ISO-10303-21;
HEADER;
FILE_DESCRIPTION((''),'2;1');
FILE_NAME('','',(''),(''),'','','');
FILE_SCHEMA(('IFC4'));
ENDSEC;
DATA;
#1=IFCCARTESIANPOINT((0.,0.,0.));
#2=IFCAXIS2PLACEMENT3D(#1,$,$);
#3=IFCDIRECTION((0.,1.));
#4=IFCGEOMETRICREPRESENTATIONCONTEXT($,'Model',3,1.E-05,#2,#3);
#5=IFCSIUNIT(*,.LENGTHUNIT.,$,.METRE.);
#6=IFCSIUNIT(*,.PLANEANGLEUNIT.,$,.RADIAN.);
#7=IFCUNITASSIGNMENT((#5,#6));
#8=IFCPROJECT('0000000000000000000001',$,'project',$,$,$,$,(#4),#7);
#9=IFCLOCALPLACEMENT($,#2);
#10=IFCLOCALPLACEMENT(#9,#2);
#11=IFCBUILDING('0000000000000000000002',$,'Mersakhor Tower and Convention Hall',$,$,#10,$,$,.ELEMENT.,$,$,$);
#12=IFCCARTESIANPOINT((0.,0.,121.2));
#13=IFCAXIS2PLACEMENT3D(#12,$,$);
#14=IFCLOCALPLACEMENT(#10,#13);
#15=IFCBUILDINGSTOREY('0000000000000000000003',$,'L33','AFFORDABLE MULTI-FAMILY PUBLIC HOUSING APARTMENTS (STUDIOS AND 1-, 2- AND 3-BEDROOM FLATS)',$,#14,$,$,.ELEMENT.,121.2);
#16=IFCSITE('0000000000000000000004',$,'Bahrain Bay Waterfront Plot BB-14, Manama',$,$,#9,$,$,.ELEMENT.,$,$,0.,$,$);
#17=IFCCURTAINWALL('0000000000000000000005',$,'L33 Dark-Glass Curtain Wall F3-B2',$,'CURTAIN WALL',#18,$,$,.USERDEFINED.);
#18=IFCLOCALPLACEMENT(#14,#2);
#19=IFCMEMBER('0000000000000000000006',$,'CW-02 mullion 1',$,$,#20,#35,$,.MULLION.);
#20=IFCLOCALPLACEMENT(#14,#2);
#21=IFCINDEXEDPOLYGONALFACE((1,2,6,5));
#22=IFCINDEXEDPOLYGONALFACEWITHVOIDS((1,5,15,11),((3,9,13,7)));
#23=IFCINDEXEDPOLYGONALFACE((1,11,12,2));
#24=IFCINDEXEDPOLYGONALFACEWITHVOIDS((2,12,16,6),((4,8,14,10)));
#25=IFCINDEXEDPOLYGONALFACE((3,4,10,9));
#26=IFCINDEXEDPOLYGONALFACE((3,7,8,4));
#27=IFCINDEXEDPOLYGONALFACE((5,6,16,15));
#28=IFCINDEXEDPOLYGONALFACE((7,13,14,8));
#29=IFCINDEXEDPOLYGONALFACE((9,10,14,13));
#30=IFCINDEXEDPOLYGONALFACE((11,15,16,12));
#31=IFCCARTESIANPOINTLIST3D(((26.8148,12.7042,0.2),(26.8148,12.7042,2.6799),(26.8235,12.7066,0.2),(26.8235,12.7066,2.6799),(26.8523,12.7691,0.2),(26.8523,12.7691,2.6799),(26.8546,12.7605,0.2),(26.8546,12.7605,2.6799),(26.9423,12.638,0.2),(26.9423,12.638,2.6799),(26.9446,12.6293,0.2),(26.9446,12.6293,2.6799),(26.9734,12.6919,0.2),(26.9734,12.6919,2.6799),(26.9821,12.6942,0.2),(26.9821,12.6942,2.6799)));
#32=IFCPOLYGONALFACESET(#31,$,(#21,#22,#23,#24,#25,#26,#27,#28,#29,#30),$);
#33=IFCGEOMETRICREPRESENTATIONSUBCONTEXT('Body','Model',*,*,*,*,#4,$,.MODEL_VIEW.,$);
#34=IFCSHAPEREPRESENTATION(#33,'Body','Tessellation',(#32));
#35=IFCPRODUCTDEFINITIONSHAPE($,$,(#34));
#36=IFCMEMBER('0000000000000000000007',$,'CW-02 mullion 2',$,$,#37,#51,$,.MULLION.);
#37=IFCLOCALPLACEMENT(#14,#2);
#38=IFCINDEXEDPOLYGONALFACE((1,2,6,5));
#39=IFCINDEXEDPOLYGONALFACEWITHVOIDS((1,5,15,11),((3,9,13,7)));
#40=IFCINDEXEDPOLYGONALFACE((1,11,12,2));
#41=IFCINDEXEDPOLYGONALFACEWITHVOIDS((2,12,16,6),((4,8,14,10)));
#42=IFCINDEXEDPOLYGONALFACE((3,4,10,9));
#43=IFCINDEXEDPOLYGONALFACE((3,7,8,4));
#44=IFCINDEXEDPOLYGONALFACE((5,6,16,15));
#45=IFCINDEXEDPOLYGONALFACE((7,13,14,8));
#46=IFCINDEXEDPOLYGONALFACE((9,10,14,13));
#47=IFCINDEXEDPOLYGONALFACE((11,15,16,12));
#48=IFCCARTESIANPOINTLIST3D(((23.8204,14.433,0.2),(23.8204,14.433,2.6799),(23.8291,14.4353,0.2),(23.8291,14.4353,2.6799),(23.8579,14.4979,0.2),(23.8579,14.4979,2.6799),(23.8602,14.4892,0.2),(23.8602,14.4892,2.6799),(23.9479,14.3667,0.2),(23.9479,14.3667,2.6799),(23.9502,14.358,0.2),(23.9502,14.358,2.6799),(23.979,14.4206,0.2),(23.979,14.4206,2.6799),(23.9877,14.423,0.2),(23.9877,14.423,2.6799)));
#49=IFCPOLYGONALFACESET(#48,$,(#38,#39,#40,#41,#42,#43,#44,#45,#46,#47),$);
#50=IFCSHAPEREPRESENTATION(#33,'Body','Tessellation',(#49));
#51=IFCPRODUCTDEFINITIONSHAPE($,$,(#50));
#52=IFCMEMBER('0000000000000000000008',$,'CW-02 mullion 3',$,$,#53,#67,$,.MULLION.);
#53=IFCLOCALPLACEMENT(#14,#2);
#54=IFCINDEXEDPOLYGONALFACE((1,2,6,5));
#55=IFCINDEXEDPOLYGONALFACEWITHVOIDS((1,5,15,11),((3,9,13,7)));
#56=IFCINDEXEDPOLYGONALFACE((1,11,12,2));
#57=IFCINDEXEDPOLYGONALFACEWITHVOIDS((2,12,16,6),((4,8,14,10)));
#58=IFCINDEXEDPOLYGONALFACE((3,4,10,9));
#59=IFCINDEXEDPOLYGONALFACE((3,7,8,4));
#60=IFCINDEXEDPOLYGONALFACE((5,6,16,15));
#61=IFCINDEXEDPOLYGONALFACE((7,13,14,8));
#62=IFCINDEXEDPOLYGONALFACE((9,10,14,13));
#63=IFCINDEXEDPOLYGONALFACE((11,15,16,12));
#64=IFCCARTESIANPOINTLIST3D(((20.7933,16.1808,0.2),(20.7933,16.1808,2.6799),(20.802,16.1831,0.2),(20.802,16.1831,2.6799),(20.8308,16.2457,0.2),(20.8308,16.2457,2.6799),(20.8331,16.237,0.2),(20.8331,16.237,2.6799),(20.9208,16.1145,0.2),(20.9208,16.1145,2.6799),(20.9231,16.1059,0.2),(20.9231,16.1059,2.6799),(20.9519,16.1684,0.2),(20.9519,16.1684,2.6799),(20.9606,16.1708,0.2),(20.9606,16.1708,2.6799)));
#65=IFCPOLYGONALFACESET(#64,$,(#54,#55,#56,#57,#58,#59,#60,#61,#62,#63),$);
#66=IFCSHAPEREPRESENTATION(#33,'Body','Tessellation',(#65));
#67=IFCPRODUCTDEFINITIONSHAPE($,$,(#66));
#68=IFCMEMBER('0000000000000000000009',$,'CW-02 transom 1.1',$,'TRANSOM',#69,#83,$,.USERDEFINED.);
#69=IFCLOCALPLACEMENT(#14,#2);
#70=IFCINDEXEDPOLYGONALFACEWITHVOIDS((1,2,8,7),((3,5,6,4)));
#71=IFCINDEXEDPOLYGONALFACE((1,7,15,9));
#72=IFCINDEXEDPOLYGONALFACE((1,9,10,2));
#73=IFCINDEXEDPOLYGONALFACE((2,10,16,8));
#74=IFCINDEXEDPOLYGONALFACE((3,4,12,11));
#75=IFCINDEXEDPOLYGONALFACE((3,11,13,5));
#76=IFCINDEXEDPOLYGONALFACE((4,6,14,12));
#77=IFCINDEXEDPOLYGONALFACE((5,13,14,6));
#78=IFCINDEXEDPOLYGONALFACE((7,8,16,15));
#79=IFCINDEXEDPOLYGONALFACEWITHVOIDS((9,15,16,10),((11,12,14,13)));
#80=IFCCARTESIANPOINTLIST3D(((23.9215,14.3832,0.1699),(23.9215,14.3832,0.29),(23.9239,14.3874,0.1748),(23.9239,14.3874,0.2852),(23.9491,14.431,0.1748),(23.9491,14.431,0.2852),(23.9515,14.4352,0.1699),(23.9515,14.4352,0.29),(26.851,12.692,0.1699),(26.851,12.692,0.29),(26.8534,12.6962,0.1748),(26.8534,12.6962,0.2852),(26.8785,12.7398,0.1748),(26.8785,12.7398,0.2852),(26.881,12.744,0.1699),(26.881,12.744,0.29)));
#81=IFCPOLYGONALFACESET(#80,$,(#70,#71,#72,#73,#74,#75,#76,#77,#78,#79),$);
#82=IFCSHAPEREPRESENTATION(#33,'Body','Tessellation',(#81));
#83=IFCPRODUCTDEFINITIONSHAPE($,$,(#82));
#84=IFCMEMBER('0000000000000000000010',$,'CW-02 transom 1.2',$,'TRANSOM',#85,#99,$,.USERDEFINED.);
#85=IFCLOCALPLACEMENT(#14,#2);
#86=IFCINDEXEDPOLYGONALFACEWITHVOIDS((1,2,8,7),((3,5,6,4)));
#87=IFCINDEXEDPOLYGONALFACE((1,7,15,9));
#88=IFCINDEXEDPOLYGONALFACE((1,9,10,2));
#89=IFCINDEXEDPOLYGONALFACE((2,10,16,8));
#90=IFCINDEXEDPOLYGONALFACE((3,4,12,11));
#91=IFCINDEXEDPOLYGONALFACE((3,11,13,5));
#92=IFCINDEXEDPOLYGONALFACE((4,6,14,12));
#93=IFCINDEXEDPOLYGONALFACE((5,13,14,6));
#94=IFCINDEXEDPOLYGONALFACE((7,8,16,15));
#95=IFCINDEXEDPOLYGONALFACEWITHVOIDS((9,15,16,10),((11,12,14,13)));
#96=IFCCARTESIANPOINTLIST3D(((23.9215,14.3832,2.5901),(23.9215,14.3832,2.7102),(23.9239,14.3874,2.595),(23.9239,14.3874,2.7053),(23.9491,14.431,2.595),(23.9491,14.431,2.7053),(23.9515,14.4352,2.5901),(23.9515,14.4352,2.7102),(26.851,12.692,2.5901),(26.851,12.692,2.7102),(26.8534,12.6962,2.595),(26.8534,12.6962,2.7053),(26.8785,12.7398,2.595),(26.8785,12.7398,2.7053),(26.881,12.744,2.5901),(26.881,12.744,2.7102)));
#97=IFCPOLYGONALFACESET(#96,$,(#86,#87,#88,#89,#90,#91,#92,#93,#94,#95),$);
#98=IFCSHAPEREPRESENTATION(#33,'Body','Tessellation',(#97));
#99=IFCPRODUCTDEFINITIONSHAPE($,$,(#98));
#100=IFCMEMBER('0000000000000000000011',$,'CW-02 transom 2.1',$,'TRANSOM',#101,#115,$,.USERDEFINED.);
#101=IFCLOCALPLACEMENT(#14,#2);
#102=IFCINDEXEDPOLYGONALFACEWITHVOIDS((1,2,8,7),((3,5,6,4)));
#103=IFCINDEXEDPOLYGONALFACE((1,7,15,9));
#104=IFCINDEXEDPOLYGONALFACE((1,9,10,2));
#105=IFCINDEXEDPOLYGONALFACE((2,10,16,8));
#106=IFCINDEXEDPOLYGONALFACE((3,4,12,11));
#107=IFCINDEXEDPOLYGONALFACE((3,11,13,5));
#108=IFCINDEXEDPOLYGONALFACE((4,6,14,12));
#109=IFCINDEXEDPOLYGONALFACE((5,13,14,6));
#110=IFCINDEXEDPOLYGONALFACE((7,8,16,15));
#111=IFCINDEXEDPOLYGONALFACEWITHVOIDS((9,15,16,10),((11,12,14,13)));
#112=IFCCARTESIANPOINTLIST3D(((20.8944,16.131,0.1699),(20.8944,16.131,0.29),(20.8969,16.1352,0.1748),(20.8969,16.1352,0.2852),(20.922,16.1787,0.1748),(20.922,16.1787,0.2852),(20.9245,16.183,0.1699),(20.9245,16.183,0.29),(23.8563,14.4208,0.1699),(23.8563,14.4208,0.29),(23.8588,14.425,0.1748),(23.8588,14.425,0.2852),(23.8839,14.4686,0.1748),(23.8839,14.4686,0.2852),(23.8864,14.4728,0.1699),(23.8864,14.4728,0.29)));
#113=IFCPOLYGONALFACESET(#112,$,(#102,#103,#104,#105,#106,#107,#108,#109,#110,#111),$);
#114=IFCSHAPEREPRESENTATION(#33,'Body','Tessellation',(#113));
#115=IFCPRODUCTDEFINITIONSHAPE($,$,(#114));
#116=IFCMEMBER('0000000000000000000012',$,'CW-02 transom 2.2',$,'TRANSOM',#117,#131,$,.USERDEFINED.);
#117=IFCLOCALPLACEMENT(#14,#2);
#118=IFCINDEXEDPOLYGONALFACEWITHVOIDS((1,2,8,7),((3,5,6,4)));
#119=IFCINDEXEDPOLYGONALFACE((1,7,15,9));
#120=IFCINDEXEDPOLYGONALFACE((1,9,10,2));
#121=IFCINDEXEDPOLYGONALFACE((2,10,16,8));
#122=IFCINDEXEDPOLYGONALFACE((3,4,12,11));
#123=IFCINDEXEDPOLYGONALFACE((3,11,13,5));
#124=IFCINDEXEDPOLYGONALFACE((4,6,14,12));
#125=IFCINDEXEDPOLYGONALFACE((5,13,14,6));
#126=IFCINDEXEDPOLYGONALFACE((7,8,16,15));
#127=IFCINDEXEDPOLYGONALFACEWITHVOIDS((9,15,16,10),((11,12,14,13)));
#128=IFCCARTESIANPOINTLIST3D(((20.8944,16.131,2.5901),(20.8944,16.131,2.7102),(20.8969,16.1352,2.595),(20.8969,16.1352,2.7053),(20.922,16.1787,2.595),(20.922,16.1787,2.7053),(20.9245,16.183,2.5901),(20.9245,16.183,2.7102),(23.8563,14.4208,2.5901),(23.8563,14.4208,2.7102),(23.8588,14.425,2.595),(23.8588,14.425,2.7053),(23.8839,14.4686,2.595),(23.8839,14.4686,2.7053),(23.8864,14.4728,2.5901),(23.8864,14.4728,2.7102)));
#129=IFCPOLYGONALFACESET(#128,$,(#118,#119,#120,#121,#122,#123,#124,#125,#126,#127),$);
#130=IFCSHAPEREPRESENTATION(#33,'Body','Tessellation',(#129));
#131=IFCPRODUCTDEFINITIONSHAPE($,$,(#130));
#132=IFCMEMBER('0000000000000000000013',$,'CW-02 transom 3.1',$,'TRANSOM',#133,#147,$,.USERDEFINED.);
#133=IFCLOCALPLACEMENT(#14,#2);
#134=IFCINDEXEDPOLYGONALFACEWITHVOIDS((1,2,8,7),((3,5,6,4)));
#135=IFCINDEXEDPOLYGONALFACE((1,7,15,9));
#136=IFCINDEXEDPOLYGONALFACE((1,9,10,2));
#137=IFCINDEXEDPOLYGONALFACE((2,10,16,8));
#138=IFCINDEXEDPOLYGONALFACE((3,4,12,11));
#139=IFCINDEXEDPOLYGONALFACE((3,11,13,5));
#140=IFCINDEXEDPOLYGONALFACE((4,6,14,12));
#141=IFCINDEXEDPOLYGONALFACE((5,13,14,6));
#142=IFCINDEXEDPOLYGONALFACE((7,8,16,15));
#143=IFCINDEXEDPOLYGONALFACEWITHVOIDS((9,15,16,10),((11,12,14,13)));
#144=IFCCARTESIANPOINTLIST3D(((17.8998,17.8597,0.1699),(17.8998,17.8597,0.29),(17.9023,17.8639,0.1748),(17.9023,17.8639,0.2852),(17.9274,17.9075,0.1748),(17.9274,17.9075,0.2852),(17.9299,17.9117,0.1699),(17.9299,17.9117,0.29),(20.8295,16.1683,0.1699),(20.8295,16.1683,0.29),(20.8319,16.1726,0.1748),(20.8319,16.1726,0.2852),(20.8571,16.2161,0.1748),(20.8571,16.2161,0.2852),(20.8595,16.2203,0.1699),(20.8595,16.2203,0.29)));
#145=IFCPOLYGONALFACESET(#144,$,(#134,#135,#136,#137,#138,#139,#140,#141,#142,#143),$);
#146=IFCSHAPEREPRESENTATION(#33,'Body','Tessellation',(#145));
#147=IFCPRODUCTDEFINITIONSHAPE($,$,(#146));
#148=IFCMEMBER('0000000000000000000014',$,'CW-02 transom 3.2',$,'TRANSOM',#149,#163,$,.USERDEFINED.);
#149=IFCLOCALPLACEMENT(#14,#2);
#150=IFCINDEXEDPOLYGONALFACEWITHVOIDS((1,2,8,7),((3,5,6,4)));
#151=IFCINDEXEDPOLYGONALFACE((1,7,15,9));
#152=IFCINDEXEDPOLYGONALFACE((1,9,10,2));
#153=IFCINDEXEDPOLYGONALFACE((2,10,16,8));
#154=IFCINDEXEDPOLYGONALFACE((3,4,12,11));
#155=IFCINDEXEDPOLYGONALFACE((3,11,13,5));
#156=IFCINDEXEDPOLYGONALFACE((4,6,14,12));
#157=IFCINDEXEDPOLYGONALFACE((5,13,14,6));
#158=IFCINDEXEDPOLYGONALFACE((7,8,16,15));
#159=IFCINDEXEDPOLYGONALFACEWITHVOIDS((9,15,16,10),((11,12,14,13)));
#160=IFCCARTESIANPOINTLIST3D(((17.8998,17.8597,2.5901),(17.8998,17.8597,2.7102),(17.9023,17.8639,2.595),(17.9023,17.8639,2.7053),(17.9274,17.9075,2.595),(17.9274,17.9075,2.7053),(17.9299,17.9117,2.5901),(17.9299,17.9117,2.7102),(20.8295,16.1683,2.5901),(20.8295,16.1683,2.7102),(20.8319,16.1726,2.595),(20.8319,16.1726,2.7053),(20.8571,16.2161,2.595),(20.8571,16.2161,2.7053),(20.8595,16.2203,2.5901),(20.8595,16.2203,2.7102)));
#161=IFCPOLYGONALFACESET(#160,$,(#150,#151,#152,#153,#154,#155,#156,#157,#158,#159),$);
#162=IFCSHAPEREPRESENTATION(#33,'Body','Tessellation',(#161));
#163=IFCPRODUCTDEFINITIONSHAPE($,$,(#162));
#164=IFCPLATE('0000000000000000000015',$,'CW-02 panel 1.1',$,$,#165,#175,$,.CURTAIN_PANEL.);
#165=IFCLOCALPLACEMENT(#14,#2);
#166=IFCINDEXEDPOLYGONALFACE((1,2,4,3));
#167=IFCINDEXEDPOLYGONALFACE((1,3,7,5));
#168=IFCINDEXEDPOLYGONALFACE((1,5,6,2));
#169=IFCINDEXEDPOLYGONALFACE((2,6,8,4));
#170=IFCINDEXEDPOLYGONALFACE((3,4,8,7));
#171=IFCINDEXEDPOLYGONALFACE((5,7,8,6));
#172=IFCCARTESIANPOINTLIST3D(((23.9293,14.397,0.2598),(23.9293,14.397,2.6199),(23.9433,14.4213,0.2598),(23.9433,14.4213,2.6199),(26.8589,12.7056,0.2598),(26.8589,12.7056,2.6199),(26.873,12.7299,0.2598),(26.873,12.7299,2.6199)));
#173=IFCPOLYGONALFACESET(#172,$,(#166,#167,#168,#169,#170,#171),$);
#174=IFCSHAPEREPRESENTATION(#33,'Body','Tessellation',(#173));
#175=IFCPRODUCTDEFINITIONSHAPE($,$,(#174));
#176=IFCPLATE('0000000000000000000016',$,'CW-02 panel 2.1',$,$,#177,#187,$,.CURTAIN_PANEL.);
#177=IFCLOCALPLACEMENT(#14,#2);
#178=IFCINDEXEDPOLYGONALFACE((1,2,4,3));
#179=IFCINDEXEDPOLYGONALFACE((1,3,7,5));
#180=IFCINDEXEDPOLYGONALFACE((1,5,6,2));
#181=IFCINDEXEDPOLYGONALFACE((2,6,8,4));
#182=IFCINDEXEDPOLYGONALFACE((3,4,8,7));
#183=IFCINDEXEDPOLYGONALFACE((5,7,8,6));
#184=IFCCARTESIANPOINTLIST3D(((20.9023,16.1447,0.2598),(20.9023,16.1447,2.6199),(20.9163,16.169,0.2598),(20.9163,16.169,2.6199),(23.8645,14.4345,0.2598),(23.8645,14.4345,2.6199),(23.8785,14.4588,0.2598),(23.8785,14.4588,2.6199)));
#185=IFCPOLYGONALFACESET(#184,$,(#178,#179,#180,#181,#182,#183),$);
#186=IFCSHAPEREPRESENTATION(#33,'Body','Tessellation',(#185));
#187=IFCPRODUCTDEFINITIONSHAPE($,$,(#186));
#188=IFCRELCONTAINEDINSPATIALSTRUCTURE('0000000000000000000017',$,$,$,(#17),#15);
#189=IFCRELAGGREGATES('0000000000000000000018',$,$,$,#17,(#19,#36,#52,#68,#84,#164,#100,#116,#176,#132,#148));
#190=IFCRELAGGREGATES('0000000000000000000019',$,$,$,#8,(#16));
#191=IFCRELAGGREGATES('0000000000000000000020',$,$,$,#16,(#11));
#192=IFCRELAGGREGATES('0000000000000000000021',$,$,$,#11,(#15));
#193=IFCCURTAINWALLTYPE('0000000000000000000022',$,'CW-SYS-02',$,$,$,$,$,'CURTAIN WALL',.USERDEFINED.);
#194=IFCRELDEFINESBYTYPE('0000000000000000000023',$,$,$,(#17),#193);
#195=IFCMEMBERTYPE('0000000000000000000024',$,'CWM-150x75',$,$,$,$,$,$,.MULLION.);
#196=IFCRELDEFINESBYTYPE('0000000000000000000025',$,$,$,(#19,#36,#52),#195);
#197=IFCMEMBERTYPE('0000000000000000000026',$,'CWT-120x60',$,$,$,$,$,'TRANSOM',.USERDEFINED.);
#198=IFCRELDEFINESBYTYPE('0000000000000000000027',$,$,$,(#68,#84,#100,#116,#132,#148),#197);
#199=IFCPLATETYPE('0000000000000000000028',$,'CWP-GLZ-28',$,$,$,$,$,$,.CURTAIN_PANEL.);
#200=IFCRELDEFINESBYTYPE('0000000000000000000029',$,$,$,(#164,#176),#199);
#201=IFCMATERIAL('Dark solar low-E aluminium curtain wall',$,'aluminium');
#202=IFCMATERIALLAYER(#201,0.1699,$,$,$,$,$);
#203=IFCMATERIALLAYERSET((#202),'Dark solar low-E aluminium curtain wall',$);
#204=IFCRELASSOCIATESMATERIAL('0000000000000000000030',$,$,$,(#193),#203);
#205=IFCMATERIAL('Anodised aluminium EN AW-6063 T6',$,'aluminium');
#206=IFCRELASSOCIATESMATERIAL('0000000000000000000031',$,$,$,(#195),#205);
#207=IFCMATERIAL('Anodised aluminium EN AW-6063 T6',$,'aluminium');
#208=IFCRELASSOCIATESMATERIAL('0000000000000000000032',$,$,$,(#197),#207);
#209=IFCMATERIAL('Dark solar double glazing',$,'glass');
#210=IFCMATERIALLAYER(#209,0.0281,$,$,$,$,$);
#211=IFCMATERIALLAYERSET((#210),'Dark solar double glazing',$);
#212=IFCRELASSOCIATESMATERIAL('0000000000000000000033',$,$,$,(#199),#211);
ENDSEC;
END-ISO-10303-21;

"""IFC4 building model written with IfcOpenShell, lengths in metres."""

from ifc_helpers import new_model, si_unit, direction, frame, origin, origin_2d, place, context, subcontext, project, spatial, rectangle, hollow_rectangle, extrude, material, layer, layer_set, material_profile, profile_set, type_object, element, aggregate, save


model = new_model("IFC4")

# Units and contexts
model_context = context("Model", 3, precision=1e-05, world=origin(), true_north=direction((0.0, 1.0)))
body_context = subcontext(model_context, "Body", "Model", "MODEL_VIEW")
ifc_project = project(units=[si_unit("LENGTHUNIT", "METRE"), si_unit("PLANEANGLEUNIT", "RADIAN")], contexts=[model_context])

# Site, building, storey
site_placement = place(None, origin())
site = spatial("IfcSite", under=ifc_project, at=site_placement, Name="Bahrain Bay Waterfront Plot BB-14, Manama", CompositionType="ELEMENT", RefElevation=0.0)
building_placement = place(site_placement, origin())
building = spatial("IfcBuilding", under=site, at=building_placement, Name="Mersakhor Tower and Convention Hall", CompositionType="ELEMENT")
storey_placement = place(building_placement, frame((0.0, 0.0, 121.2)))
storey = spatial("IfcBuildingStorey", under=building, at=storey_placement, Name="L33", Description="AFFORDABLE MULTI-FAMILY PUBLIC HOUSING APARTMENTS (STUDIOS AND 1-, 2- AND 3-BEDROOM FLATS)", CompositionType="ELEMENT", Elevation=121.2)

# Curtain wall, members, plates
ifc_material_1 = material(Name="Dark solar low-E aluminium curtain wall", Category="aluminium")
ifc_layer_1 = layer(ifc_material_1, 0.1699)
ifc_layer_set_1 = layer_set([ifc_layer_1], Name="Dark solar low-E aluminium curtain wall")
curtain_wall_type = type_object("IfcCurtainWallType", Name="CW-SYS-02", ElementType="CURTAIN WALL", PredefinedType="USERDEFINED", material=ifc_layer_set_1)
curtain_wall_placement = place(storey_placement, origin())
curtain_wall = element("IfcCurtainWall", 1, at=curtain_wall_placement, inside=storey, type_object=curtain_wall_type, Name="L33 Dark-Glass Curtain Wall F3-B2", ObjectType="CURTAIN WALL", PredefinedType="USERDEFINED")
ifc_material_2 = material(Name="Anodised aluminium EN AW-6063 T6", Category="aluminium")
ifc_material_profile_1 = material_profile(ifc_material_2, hollow_rectangle(XDim=0.075, YDim=0.1499, WallThickness=0.0063, at=origin_2d()), Name="RHS 150x75x6.3")
ifc_profile_set_1 = profile_set([ifc_material_profile_1], Name="Anodised aluminium EN AW-6063 T6")
member_type_1 = type_object("IfcMemberType", Name="CWM-150x75", PredefinedType="MULLION", material=ifc_profile_set_1)
member_1_placement = place(storey_placement, frame((26.8984, 12.6992, 0.2), z_axis=(0.0, 0.0, 1.0), x_axis=(-0.49999, -0.866031, 0.0)))
member_1 = element("IfcMember", 2, at=member_1_placement, type_object=member_type_1, Name="CW-02 mullion 1", PredefinedType="MULLION", context=body_context, shape_type="SweptSolid", body=[
    extrude(hollow_rectangle(XDim=0.075, YDim=0.1499, WallThickness=0.0063, at=origin_2d()), origin(), (0.0, 0.0, 1.0), 2.48),
])
member_2_placement = place(storey_placement, frame((23.9041, 14.428, 0.2), z_axis=(0.0, 0.0, 1.0), x_axis=(-0.49999, -0.866031, 0.0)))
member_2 = element("IfcMember", 3, at=member_2_placement, type_object=member_type_1, Name="CW-02 mullion 2", PredefinedType="MULLION", context=body_context, shape_type="SweptSolid", body=[
    extrude(hollow_rectangle(XDim=0.075, YDim=0.1499, WallThickness=0.0063, at=origin_2d()), origin(), (0.0, 0.0, 1.0), 2.48),
])
member_3_placement = place(storey_placement, frame((20.877, 16.1758, 0.2), z_axis=(0.0, 0.0, 1.0), x_axis=(-0.49999, -0.866031, 0.0)))
member_3 = element("IfcMember", 4, at=member_3_placement, type_object=member_type_1, Name="CW-02 mullion 3", PredefinedType="MULLION", context=body_context, shape_type="SweptSolid", body=[
    extrude(hollow_rectangle(XDim=0.075, YDim=0.1499, WallThickness=0.0063, at=origin_2d()), origin(), (0.0, 0.0, 1.0), 2.48),
])
ifc_material_3 = material(Name="Anodised aluminium EN AW-6063 T6", Category="aluminium")
ifc_material_profile_2 = material_profile(ifc_material_3, hollow_rectangle(XDim=0.0601, YDim=0.1201, WallThickness=0.0049, at=origin_2d()), Name="RHS 120x60x5")
ifc_profile_set_2 = profile_set([ifc_material_profile_2], Name="Anodised aluminium EN AW-6063 T6")
member_type_2 = type_object("IfcMemberType", Name="CWT-120x60", ElementType="TRANSOM", PredefinedType="USERDEFINED", material=ifc_profile_set_2)
member_4_placement = place(storey_placement, frame((26.866, 12.718, 0.23), z_axis=(-0.866045, 0.499966, 0.0), x_axis=(-0.499966, -0.866045, 0.0)))
member_4 = element("IfcMember", 5, at=member_4_placement, type_object=member_type_2, Name="CW-02 transom 1.1", ObjectType="TRANSOM", PredefinedType="USERDEFINED", context=body_context, shape_type="SweptSolid", body=[
    extrude(hollow_rectangle(XDim=0.0601, YDim=0.1201, WallThickness=0.0049, at=origin_2d()), origin(), (0.0, 0.0, 1.0), 3.3826),
])
member_5_placement = place(storey_placement, frame((26.866, 12.718, 2.6501), z_axis=(-0.866045, 0.499966, 0.0), x_axis=(-0.499966, -0.866045, 0.0)))
member_5 = element("IfcMember", 6, at=member_5_placement, type_object=member_type_2, Name="CW-02 transom 1.2", ObjectType="TRANSOM", PredefinedType="USERDEFINED", context=body_context, shape_type="SweptSolid", body=[
    extrude(hollow_rectangle(XDim=0.0601, YDim=0.1201, WallThickness=0.0049, at=origin_2d()), origin(), (0.0, 0.0, 1.0), 3.3826),
])
member_6_placement = place(storey_placement, frame((23.8713, 14.4468, 0.23), z_axis=(-0.866007, 0.500031, 0.0), x_axis=(-0.500031, -0.866007, 0.0)))
member_6 = element("IfcMember", 7, at=member_6_placement, type_object=member_type_2, Name="CW-02 transom 2.1", ObjectType="TRANSOM", PredefinedType="USERDEFINED", context=body_context, shape_type="SweptSolid", body=[
    extrude(hollow_rectangle(XDim=0.0601, YDim=0.1201, WallThickness=0.0049, at=origin_2d()), origin(), (0.0, 0.0, 1.0), 3.4202),
])
member_7_placement = place(storey_placement, frame((23.8713, 14.4468, 2.6501), z_axis=(-0.866007, 0.500031, 0.0), x_axis=(-0.500031, -0.866007, 0.0)))
member_7 = element("IfcMember", 8, at=member_7_placement, type_object=member_type_2, Name="CW-02 transom 2.2", ObjectType="TRANSOM", PredefinedType="USERDEFINED", context=body_context, shape_type="SweptSolid", body=[
    extrude(hollow_rectangle(XDim=0.0601, YDim=0.1201, WallThickness=0.0049, at=origin_2d()), origin(), (0.0, 0.0, 1.0), 3.4202),
])
member_8_placement = place(storey_placement, frame((20.8445, 16.1943, 0.23), z_axis=(-0.866032, 0.499989, 0.0), x_axis=(-0.499989, -0.866032, 0.0)))
member_8 = element("IfcMember", 9, at=member_8_placement, type_object=member_type_2, Name="CW-02 transom 3.1", ObjectType="TRANSOM", PredefinedType="USERDEFINED", context=body_context, shape_type="SweptSolid", body=[
    extrude(hollow_rectangle(XDim=0.0601, YDim=0.1201, WallThickness=0.0049, at=origin_2d()), origin(), (0.0, 0.0, 1.0), 3.3828),
])
member_9_placement = place(storey_placement, frame((20.8445, 16.1943, 2.6501), z_axis=(-0.866032, 0.499989, 0.0), x_axis=(-0.499989, -0.866032, 0.0)))
member_9 = element("IfcMember", 10, at=member_9_placement, type_object=member_type_2, Name="CW-02 transom 3.2", ObjectType="TRANSOM", PredefinedType="USERDEFINED", context=body_context, shape_type="SweptSolid", body=[
    extrude(hollow_rectangle(XDim=0.0601, YDim=0.1201, WallThickness=0.0049, at=origin_2d()), origin(), (0.0, 0.0, 1.0), 3.3828),
])
ifc_material_4 = material(Name="Dark solar double glazing", Category="glass")
ifc_layer_2 = layer(ifc_material_4, 0.0281)
ifc_layer_set_2 = layer_set([ifc_layer_2], Name="Dark solar double glazing")
plate_type_1 = type_object("IfcPlateType", Name="CWP-GLZ-28", PredefinedType="CURTAIN_PANEL", material=ifc_layer_set_2)
plate_1_placement = place(storey_placement, frame((25.4011, 13.5635, 0.2598), z_axis=(0.0, 0.0, 1.0), x_axis=(-0.866031, 0.49999, 0.0)))
plate_1 = element("IfcPlate", 11, at=plate_1_placement, type_object=plate_type_1, Name="CW-02 panel 1.1", PredefinedType="CURTAIN_PANEL", context=body_context, shape_type="SweptSolid", body=[
    extrude(rectangle(XDim=3.3828, YDim=0.0281, at=origin_2d()), origin(), (0.0, 0.0, 1.0), 2.3601),
])
plate_2_placement = place(storey_placement, frame((22.3904, 15.3018, 0.2598), z_axis=(0.0, 0.0, 1.0), x_axis=(-0.866031, 0.49999, 0.0)))
plate_2 = element("IfcPlate", 12, at=plate_2_placement, type_object=plate_type_1, Name="CW-02 panel 2.1", PredefinedType="CURTAIN_PANEL", context=body_context, shape_type="SweptSolid", body=[
    extrude(rectangle(XDim=3.4204, YDim=0.0281, at=origin_2d()), origin(), (0.0, 0.0, 1.0), 2.3601),
])
aggregate(curtain_wall, [member_1, member_2, member_3, member_4, member_5, plate_1, member_6, member_7, plate_2, member_8, member_9])

save(model, "model.ifc")
